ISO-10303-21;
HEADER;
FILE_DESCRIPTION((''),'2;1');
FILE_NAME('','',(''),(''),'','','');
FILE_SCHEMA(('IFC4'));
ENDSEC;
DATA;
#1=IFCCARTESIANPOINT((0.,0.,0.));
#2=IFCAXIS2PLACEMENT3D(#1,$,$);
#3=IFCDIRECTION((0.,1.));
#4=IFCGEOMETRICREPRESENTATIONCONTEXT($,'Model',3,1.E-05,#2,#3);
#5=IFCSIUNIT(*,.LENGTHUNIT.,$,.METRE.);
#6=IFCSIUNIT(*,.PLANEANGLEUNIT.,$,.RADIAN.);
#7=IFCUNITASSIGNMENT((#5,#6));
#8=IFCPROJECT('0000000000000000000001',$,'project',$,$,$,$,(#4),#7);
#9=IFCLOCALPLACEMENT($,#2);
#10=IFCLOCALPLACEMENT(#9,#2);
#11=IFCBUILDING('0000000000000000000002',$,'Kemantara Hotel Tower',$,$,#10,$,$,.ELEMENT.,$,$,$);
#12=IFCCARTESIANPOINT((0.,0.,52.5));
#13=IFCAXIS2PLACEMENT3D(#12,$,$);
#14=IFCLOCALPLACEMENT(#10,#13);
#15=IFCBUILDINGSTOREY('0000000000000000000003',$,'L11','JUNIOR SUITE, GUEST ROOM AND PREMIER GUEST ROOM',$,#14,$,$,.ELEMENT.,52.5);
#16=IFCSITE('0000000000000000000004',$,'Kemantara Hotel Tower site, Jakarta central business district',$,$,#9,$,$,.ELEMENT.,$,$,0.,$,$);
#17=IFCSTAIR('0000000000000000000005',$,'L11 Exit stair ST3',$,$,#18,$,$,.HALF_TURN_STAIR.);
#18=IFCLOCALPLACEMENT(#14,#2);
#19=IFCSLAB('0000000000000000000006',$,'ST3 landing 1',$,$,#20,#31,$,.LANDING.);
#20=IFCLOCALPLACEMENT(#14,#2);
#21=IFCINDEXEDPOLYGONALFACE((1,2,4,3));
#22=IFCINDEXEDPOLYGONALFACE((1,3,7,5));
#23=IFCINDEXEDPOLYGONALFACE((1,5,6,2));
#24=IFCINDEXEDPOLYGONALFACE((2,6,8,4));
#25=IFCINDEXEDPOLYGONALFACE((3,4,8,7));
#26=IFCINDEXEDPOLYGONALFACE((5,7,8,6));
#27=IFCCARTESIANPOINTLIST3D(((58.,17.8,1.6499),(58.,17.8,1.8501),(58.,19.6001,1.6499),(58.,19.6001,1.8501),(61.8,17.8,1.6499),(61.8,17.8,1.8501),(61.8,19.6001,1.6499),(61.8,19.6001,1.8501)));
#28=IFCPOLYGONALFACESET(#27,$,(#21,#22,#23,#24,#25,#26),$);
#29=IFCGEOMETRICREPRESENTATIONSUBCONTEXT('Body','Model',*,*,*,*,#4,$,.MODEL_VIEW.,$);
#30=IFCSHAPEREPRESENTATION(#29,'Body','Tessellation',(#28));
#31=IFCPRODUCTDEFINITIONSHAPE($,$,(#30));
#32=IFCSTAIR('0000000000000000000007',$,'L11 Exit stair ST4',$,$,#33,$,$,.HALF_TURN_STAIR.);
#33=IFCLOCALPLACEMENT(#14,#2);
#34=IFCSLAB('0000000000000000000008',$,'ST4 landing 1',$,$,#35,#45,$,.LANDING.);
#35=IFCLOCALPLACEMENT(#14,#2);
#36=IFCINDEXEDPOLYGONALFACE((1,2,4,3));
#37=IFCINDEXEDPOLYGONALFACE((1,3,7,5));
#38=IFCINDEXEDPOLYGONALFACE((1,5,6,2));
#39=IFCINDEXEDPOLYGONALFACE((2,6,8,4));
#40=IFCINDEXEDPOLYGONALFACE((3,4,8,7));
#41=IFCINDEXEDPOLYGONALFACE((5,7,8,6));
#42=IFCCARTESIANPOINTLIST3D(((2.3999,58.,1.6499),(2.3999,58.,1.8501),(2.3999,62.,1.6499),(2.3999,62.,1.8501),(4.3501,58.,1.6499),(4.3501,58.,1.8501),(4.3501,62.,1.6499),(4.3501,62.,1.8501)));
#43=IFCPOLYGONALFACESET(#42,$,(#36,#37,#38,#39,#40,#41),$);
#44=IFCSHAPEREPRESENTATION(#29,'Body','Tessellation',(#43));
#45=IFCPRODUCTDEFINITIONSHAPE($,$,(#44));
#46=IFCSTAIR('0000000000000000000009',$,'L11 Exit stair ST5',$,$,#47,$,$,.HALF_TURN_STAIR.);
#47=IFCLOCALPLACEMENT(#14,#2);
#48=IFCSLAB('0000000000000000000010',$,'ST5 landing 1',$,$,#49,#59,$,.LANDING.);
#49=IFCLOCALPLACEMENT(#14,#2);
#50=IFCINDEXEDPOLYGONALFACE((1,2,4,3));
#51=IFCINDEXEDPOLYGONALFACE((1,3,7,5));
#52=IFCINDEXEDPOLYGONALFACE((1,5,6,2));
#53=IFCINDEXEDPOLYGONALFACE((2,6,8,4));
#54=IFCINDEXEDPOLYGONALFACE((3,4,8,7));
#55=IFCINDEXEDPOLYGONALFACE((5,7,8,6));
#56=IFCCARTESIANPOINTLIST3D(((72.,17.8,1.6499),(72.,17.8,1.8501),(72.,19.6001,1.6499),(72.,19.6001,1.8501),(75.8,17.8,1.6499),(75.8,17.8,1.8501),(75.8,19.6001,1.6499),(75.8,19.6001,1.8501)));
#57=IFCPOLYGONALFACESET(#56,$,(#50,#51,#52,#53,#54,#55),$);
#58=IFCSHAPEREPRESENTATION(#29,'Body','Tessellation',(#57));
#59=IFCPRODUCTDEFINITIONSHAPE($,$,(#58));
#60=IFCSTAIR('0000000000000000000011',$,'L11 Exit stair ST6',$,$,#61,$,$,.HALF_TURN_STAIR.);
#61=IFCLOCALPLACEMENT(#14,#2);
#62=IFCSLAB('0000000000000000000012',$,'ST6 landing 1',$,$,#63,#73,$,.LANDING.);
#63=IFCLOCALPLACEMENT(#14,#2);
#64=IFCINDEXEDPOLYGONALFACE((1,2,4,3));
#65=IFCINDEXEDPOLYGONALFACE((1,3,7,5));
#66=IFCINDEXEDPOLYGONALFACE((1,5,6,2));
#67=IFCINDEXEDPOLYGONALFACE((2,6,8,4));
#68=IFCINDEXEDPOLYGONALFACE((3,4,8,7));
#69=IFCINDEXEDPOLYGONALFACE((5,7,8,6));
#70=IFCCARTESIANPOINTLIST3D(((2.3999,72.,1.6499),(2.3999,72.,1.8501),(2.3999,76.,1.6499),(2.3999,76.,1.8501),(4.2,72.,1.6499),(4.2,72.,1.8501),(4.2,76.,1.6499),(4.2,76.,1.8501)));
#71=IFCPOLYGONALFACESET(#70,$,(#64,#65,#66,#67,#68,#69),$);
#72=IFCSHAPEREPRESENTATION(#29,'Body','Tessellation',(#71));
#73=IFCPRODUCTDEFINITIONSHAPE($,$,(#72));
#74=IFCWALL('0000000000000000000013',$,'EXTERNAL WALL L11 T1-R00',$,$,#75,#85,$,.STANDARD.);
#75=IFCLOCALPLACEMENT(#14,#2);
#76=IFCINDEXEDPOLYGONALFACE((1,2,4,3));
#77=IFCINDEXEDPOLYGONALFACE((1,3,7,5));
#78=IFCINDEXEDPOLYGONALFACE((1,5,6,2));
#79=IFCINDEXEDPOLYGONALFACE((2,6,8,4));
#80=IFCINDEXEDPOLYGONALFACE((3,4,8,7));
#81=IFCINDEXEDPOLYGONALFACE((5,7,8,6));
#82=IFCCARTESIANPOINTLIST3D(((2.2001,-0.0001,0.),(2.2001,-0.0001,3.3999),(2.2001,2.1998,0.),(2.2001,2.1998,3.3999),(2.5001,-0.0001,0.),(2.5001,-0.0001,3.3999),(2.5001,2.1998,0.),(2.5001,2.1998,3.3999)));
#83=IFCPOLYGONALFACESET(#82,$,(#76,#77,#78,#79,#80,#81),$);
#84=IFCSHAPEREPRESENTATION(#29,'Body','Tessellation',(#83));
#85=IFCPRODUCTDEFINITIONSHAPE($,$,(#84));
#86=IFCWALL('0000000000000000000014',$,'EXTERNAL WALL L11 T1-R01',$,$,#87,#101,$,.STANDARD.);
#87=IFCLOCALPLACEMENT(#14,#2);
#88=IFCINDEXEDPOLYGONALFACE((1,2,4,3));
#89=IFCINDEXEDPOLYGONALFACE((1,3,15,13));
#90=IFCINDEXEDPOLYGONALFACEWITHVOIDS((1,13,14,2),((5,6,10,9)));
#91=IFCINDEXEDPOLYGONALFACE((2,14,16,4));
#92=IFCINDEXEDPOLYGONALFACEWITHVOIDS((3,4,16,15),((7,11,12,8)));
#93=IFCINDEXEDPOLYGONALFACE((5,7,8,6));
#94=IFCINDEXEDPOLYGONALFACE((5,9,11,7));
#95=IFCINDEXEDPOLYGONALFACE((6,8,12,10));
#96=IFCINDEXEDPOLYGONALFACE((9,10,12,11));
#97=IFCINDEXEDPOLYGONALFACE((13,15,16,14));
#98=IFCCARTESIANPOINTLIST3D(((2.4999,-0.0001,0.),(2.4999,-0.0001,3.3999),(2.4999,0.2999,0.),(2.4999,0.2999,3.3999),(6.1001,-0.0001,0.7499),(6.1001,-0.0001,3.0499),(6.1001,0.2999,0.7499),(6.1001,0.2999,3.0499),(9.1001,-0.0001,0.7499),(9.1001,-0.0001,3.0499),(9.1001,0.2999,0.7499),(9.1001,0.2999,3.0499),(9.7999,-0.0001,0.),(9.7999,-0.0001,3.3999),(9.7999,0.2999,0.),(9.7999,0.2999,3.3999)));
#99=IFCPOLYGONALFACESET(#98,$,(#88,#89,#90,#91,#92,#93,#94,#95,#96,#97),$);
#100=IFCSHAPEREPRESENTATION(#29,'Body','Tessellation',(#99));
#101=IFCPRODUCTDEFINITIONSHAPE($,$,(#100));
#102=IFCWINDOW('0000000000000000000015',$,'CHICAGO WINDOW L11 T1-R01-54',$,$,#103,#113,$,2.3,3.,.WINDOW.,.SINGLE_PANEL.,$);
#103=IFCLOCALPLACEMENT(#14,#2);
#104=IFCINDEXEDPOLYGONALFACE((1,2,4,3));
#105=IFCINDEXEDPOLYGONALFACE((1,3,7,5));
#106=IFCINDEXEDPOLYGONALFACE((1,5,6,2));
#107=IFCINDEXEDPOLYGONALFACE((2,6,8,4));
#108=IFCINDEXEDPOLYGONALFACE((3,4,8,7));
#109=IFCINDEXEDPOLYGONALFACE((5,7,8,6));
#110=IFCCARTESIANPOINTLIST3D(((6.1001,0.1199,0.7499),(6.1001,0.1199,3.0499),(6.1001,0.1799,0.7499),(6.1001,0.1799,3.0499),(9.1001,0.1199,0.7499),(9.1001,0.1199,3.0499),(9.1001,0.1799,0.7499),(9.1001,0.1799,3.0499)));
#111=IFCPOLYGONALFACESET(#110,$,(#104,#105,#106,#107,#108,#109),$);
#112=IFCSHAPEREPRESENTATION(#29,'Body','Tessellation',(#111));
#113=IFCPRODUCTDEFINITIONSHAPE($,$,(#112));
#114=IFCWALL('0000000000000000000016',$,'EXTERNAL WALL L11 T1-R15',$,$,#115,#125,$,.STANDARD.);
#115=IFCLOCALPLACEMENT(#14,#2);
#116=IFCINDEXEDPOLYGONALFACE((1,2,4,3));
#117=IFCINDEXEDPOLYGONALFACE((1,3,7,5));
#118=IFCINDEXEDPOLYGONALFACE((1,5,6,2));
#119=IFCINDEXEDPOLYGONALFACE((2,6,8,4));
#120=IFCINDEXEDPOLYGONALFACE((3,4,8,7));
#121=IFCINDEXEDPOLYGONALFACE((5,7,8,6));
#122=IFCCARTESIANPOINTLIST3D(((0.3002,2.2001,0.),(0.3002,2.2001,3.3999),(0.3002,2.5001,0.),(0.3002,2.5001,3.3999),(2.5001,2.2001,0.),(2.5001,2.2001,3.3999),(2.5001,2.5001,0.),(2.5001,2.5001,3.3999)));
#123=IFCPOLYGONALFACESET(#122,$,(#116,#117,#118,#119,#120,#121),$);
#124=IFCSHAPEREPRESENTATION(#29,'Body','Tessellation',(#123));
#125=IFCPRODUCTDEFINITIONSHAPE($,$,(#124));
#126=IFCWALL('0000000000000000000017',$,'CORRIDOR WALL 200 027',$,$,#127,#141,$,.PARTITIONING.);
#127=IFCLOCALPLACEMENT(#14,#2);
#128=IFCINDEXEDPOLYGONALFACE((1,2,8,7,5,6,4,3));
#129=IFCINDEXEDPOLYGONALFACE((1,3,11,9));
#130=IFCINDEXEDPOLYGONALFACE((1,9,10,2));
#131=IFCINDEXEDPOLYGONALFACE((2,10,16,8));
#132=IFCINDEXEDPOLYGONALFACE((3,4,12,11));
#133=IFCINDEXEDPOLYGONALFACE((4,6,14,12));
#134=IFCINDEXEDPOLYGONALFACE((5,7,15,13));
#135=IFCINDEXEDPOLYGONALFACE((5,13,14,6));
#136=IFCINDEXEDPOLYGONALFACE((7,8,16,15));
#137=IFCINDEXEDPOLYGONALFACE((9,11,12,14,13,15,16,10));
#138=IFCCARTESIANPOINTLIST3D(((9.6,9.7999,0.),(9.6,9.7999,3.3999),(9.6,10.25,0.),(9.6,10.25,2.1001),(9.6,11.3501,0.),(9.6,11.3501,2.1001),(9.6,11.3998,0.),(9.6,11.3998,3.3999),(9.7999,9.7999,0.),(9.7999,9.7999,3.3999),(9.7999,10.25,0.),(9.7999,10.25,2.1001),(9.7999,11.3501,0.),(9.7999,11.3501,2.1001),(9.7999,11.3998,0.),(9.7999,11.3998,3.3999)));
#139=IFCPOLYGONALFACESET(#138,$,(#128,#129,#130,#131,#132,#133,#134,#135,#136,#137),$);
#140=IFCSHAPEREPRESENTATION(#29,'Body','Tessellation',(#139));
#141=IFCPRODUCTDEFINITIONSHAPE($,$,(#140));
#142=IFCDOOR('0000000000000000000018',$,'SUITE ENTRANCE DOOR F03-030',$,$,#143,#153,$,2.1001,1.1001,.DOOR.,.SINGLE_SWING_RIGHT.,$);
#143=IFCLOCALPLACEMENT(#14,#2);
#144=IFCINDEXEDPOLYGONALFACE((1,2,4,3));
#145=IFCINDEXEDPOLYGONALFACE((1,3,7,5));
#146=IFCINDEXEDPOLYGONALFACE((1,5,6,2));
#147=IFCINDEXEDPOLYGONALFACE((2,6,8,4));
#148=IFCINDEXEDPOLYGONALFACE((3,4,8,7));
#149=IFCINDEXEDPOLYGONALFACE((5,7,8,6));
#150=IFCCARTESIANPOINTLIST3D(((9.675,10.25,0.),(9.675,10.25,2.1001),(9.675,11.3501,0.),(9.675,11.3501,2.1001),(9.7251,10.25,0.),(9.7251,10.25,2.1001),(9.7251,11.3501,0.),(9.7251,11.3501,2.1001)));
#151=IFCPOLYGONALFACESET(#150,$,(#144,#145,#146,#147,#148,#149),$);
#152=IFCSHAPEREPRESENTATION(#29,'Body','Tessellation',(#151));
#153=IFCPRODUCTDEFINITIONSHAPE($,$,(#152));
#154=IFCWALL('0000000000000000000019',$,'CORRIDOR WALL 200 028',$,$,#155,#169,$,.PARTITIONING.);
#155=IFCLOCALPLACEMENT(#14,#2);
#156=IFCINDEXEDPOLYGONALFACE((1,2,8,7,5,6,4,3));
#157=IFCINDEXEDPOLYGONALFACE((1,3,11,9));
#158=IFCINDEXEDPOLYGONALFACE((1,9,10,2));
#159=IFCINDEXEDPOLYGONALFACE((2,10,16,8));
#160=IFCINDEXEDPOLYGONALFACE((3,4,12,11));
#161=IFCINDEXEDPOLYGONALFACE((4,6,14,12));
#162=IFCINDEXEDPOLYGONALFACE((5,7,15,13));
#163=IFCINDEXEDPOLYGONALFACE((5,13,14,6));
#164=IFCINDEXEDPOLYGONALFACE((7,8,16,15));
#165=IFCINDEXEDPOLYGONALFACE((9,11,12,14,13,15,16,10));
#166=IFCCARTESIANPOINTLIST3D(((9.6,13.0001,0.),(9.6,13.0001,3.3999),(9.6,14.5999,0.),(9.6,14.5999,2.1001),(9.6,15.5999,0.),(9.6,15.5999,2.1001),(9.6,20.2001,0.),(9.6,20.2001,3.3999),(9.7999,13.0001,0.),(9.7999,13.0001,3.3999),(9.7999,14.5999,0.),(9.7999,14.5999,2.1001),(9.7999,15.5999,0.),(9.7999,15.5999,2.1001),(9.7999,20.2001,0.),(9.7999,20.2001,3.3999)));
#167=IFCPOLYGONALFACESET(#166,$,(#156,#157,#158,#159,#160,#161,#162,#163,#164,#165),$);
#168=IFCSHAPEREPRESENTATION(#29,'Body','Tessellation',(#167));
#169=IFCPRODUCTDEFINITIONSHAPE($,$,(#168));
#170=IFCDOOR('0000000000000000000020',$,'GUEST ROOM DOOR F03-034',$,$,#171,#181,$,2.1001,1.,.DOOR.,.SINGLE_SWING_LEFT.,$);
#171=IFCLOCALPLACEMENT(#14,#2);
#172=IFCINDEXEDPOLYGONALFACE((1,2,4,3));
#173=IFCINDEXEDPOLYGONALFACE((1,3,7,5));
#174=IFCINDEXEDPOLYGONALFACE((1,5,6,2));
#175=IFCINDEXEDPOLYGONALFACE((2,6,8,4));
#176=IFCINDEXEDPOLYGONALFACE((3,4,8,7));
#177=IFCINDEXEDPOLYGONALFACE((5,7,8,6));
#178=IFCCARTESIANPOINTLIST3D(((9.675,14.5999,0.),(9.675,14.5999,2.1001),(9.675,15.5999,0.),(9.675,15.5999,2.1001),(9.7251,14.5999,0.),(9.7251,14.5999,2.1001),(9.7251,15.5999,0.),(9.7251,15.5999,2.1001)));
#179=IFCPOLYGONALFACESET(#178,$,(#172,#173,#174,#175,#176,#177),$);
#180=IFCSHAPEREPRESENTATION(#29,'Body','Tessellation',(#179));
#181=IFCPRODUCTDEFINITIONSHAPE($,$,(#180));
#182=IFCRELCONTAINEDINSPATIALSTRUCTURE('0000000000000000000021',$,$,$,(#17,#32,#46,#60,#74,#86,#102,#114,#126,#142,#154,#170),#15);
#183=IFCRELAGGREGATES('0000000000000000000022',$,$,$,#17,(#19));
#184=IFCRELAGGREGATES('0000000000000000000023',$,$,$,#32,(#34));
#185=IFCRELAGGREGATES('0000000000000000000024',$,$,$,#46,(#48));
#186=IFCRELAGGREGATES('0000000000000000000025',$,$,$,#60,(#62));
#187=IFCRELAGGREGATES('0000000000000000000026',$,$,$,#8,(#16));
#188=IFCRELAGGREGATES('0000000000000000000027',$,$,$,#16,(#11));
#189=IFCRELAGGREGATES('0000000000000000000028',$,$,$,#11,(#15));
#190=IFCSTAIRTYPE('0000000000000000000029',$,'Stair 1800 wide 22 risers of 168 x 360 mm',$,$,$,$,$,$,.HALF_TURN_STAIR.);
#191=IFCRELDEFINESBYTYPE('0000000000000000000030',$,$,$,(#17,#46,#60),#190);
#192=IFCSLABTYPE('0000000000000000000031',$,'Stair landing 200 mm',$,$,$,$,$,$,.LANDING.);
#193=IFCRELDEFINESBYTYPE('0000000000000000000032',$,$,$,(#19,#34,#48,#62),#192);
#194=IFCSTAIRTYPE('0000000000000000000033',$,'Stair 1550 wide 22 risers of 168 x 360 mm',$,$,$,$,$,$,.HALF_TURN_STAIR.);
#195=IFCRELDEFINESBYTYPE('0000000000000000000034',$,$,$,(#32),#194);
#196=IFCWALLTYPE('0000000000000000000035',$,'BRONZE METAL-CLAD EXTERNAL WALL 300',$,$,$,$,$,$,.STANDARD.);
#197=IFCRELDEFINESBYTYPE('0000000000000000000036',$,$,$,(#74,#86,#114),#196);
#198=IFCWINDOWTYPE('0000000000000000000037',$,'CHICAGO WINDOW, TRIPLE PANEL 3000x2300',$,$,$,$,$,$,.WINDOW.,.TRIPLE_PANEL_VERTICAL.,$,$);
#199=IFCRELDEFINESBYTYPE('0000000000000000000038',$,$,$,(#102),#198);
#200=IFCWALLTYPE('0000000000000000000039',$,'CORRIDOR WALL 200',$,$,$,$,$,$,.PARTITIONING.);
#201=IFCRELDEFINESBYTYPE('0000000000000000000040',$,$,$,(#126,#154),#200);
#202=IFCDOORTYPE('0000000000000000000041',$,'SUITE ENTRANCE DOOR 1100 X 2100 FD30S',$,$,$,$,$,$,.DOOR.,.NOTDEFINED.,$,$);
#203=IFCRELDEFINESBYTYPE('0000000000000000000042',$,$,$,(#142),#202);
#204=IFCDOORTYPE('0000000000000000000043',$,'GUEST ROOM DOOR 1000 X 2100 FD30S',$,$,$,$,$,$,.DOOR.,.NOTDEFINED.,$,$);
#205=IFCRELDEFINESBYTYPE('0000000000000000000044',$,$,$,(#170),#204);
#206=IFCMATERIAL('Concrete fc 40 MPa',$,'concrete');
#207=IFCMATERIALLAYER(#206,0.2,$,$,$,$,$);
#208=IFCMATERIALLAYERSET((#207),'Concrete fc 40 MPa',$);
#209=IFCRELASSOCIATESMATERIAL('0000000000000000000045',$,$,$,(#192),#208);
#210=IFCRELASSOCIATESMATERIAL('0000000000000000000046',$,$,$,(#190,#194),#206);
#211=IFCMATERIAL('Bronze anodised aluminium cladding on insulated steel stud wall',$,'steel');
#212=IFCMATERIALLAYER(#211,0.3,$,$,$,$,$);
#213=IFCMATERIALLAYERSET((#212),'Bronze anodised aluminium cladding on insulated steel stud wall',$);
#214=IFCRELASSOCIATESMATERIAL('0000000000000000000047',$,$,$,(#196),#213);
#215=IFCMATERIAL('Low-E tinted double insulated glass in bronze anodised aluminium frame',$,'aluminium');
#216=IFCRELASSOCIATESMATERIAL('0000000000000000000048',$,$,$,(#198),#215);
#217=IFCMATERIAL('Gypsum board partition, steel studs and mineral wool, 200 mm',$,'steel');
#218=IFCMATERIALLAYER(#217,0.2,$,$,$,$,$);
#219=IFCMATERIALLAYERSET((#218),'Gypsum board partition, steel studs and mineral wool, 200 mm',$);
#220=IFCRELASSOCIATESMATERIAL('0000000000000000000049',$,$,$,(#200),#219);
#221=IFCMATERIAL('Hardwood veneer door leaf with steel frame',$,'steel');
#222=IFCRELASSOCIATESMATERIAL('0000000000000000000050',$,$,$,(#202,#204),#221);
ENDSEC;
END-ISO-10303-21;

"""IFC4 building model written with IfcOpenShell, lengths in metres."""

from ifc_helpers import new_model, si_unit, direction, frame, frame_2d, origin, place, context, subcontext, project, spatial, polyline, rectangle, outline, extrude, material, layer, layer_set, type_object, element, fill, aggregate, save


model = new_model("IFC4")

# Units and contexts
model_context = context("Model", 3, precision=1e-05, world=origin(), true_north=direction((0.0, 1.0)))
body_context = subcontext(model_context, "Body", "Model", "MODEL_VIEW")
ifc_project = project(units=[si_unit("LENGTHUNIT", "METRE"), si_unit("PLANEANGLEUNIT", "RADIAN")], contexts=[model_context])

# Site, building, storey
site_placement = place(None, origin())
site = spatial("IfcSite", under=ifc_project, at=site_placement, Name="Kemantara Hotel Tower site, Jakarta central business district", CompositionType="ELEMENT", RefElevation=0.0)
building_placement = place(site_placement, origin())
building = spatial("IfcBuilding", under=site, at=building_placement, Name="Kemantara Hotel Tower", CompositionType="ELEMENT")
storey_placement = place(building_placement, frame((0.0, 0.0, 52.5)))
storey = spatial("IfcBuildingStorey", under=building, at=storey_placement, Name="L11", Description="JUNIOR SUITE, GUEST ROOM AND PREMIER GUEST ROOM", CompositionType="ELEMENT", Elevation=52.5)

# Shared definitions
ifc_material_1 = material(Name="Concrete fc 40 MPa", Category="concrete")

# Stairs, slabs
ifc_layer_1 = layer(ifc_material_1, 0.2)
ifc_layer_set_1 = layer_set([ifc_layer_1], Name="Concrete fc 40 MPa")
slab_type_1 = type_object("IfcSlabType", Name="Stair landing 200 mm", PredefinedType="LANDING", material=ifc_layer_set_1)
stair_type_1 = type_object("IfcStairType", Name="Stair 1800 wide 22 risers of 168 x 360 mm", PredefinedType="HALF_TURN_STAIR", material=ifc_material_1)
stair_1_placement = place(storey_placement, origin())
stair_1 = element("IfcStair", 1, at=stair_1_placement, inside=storey, type_object=stair_type_1, Name="L11 Exit stair ST3", PredefinedType="HALF_TURN_STAIR")
slab_1_placement = place(storey_placement, frame((0.0, 0.0, 1.6499)))
slab_1 = element("IfcSlab", 2, at=slab_1_placement, type_object=slab_type_1, Name="ST3 landing 1", PredefinedType="LANDING", context=body_context, shape_type="SweptSolid", body=[
    extrude(outline(polyline([(61.8, 17.8), (61.8, 19.6001), (58.0, 19.6001), (58.0, 17.8), (61.8, 17.8)])), origin(), (0.0, 0.0, 1.0), 0.2002),
])
aggregate(stair_1, [slab_1])
stair_type_2 = type_object("IfcStairType", Name="Stair 1550 wide 22 risers of 168 x 360 mm", PredefinedType="HALF_TURN_STAIR", material=ifc_material_1)
stair_2_placement = place(storey_placement, origin())
stair_2 = element("IfcStair", 3, at=stair_2_placement, inside=storey, type_object=stair_type_2, Name="L11 Exit stair ST4", PredefinedType="HALF_TURN_STAIR")
slab_2_placement = place(storey_placement, frame((0.0, 0.0, 1.6499)))
slab_2 = element("IfcSlab", 4, at=slab_2_placement, type_object=slab_type_1, Name="ST4 landing 1", PredefinedType="LANDING", context=body_context, shape_type="SweptSolid", body=[
    extrude(outline(polyline([(4.3501, 62.0), (2.3999, 62.0), (2.3999, 58.0), (4.3501, 58.0), (4.3501, 62.0)])), origin(), (0.0, 0.0, 1.0), 0.2002),
])
aggregate(stair_2, [slab_2])
stair_3_placement = place(storey_placement, origin())
stair_3 = element("IfcStair", 5, at=stair_3_placement, inside=storey, type_object=stair_type_1, Name="L11 Exit stair ST5", PredefinedType="HALF_TURN_STAIR")
slab_3_placement = place(storey_placement, frame((0.0, 0.0, 1.6499)))
slab_3 = element("IfcSlab", 6, at=slab_3_placement, type_object=slab_type_1, Name="ST5 landing 1", PredefinedType="LANDING", context=body_context, shape_type="SweptSolid", body=[
    extrude(outline(polyline([(75.8, 17.8), (75.8, 19.6001), (72.0, 19.6001), (72.0, 17.8), (75.8, 17.8)])), origin(), (0.0, 0.0, 1.0), 0.2002),
])
aggregate(stair_3, [slab_3])
stair_4_placement = place(storey_placement, origin())
stair_4 = element("IfcStair", 7, at=stair_4_placement, inside=storey, type_object=stair_type_1, Name="L11 Exit stair ST6", PredefinedType="HALF_TURN_STAIR")
slab_4_placement = place(storey_placement, frame((0.0, 0.0, 1.6499)))
slab_4 = element("IfcSlab", 8, at=slab_4_placement, type_object=slab_type_1, Name="ST6 landing 1", PredefinedType="LANDING", context=body_context, shape_type="SweptSolid", body=[
    extrude(outline(polyline([(4.2, 76.0), (2.3999, 76.0), (2.3999, 72.0), (4.2, 72.0), (4.2, 76.0)])), origin(), (0.0, 0.0, 1.0), 0.2002),
])
aggregate(stair_4, [slab_4])

# Wall
ifc_material_2 = material(Name="Bronze anodised aluminium cladding on insulated steel stud wall", Category="steel")
ifc_layer_2 = layer(ifc_material_2, 0.3)
ifc_layer_set_2 = layer_set([ifc_layer_2], Name="Bronze anodised aluminium cladding on insulated steel stud wall")
wall_type_1 = type_object("IfcWallType", Name="BRONZE METAL-CLAD EXTERNAL WALL 300", PredefinedType="STANDARD", material=ifc_layer_set_2)
wall_1_placement = place(storey_placement, frame((2.3501, 2.2, 0.0), z_axis=(0.0, 0.0, 1.0), x_axis=(0.0, -1.0, 0.0)))
element("IfcWall", 9, at=wall_1_placement, inside=storey, type_object=wall_type_1, Name="EXTERNAL WALL L11 T1-R00", PredefinedType="STANDARD", context=body_context, shape_type="SweptSolid", body=[
    extrude(rectangle(XDim=2.2, YDim=0.3, at=frame_2d((1.1001, 0.0))), origin(), (0.0, 0.0, 1.0), 3.3999),
])

# Wall, opening, window
wall_2_placement = place(storey_placement, frame((2.5, 0.1499, 0.0), z_axis=(0.0, 0.0, 1.0), x_axis=(1.0, 0.0, 0.0)))
wall_2 = element("IfcWall", 10, at=wall_2_placement, inside=storey, type_object=wall_type_1, Name="EXTERNAL WALL L11 T1-R01", PredefinedType="STANDARD", context=body_context, shape_type="SweptSolid", body=[
    extrude(rectangle(XDim=7.3, YDim=0.3, at=frame_2d((3.6499, 0.0))), origin(), (0.0, 0.0, 1.0), 3.3999),
])
opening_1_placement = place(wall_2_placement, frame((3.6001, 0.0, 0.75)))
opening_1 = element("IfcOpeningElement", 11, at=opening_1_placement, cuts=wall_2, PredefinedType="OPENING", context=body_context, shape_type="SweptSolid", body=[
    extrude(rectangle(XDim=3.0, YDim=2.3, at=frame_2d((1.5, 1.1499))), frame((0.0, 0.1599, 0.0), z_axis=(0.0, -1.0, 0.0), x_axis=(1.0, 0.0, 0.0)), (0.0, 0.0, 1.0), 0.3201),
])
ifc_material_3 = material(Name="Low-E tinted double insulated glass in bronze anodised aluminium frame", Category="aluminium")
window_type = type_object("IfcWindowType", Name="CHICAGO WINDOW, TRIPLE PANEL 3000x2300", PartitioningType="TRIPLE_PANEL_VERTICAL", PredefinedType="WINDOW", material=ifc_material_3)
window_placement = place(opening_1_placement, origin())
window = element("IfcWindow", 12, at=window_placement, inside=storey, type_object=window_type, Name="CHICAGO WINDOW L11 T1-R01-54", OverallHeight=2.3, OverallWidth=3.0, PartitioningType="SINGLE_PANEL", PredefinedType="WINDOW", context=body_context, shape_type="SweptSolid", body=[
    extrude(rectangle(XDim=3.0, YDim=2.3, at=frame_2d((1.5, 1.1499))), frame((0.0, 0.03, 0.0), z_axis=(0.0, -1.0, 0.0), x_axis=(1.0, 0.0, 0.0)), (0.0, 0.0, 1.0), 0.0601),
])
fill(opening_1, window)

# Wall
wall_3_placement = place(storey_placement, frame((0.3, 2.3501, 0.0), z_axis=(0.0, 0.0, 1.0), x_axis=(1.0, 0.0, 0.0)))
element("IfcWall", 13, at=wall_3_placement, inside=storey, type_object=wall_type_1, Name="EXTERNAL WALL L11 T1-R15", PredefinedType="STANDARD", context=body_context, shape_type="SweptSolid", body=[
    extrude(rectangle(XDim=2.2, YDim=0.3, at=frame_2d((1.1001, 0.0))), origin(), (0.0, 0.0, 1.0), 3.3999),
])

# Walls, openings, doors
ifc_material_4 = material(Name="Gypsum board partition, steel studs and mineral wool, 200 mm", Category="steel")
ifc_layer_3 = layer(ifc_material_4, 0.2)
ifc_layer_set_3 = layer_set([ifc_layer_3], Name="Gypsum board partition, steel studs and mineral wool, 200 mm")
wall_type_2 = type_object("IfcWallType", Name="CORRIDOR WALL 200", PredefinedType="PARTITIONING", material=ifc_layer_set_3)
wall_4_placement = place(storey_placement, frame((9.7, 9.8, 0.0), z_axis=(0.0, 0.0, 1.0), x_axis=(0.0, 1.0, 0.0)))
wall_4 = element("IfcWall", 14, at=wall_4_placement, inside=storey, type_object=wall_type_2, Name="CORRIDOR WALL 200 027", PredefinedType="PARTITIONING", context=body_context, shape_type="SweptSolid", body=[
    extrude(rectangle(XDim=1.5999, YDim=0.2, at=frame_2d((0.7998, 0.0))), origin(), (0.0, 0.0, 1.0), 3.3999),
])
opening_2_placement = place(wall_4_placement, frame((0.45, 0.0, 0.0)))
opening_2 = element("IfcOpeningElement", 15, at=opening_2_placement, cuts=wall_4, PredefinedType="OPENING", context=body_context, shape_type="SweptSolid", body=[
    extrude(rectangle(XDim=1.1001, YDim=2.1001, at=frame_2d((0.55, 1.05))), frame((0.0, 0.1099, 0.0), z_axis=(0.0, -1.0, 0.0), x_axis=(1.0, 0.0, 0.0)), (0.0, 0.0, 1.0), 0.22),
])
ifc_material_5 = material(Name="Hardwood veneer door leaf with steel frame", Category="steel")
door_type_1 = type_object("IfcDoorType", Name="SUITE ENTRANCE DOOR 1100 X 2100 FD30S", OperationType="NOTDEFINED", PredefinedType="DOOR", material=ifc_material_5)
door_1_placement = place(opening_2_placement, origin())
door_1 = element("IfcDoor", 16, at=door_1_placement, inside=storey, type_object=door_type_1, Name="SUITE ENTRANCE DOOR F03-030", OperationType="SINGLE_SWING_RIGHT", OverallHeight=2.1001, OverallWidth=1.1001, PredefinedType="DOOR", context=body_context, shape_type="SweptSolid", body=[
    extrude(rectangle(XDim=1.1001, YDim=2.1001, at=frame_2d((0.55, 1.05))), frame((0.0, 0.0249, 0.0), z_axis=(0.0, -1.0, 0.0), x_axis=(1.0, 0.0, 0.0)), (0.0, 0.0, 1.0), 0.05),
])
fill(opening_2, door_1)
wall_5_placement = place(storey_placement, frame((9.7, 13.0, 0.0), z_axis=(0.0, 0.0, 1.0), x_axis=(0.0, 1.0, 0.0)))
wall_5 = element("IfcWall", 17, at=wall_5_placement, inside=storey, type_object=wall_type_2, Name="CORRIDOR WALL 200 028", PredefinedType="PARTITIONING", context=body_context, shape_type="SweptSolid", body=[
    extrude(rectangle(XDim=7.2, YDim=0.2, at=frame_2d((3.6001, 0.0))), origin(), (0.0, 0.0, 1.0), 3.3999),
])
opening_3_placement = place(wall_5_placement, frame((1.5999, 0.0, 0.0)))
opening_3 = element("IfcOpeningElement", 18, at=opening_3_placement, cuts=wall_5, PredefinedType="OPENING", context=body_context, shape_type="SweptSolid", body=[
    extrude(rectangle(XDim=1.0, YDim=2.1001, at=frame_2d((0.5, 1.05))), frame((0.0, 0.1099, 0.0), z_axis=(0.0, -1.0, 0.0), x_axis=(1.0, 0.0, 0.0)), (0.0, 0.0, 1.0), 0.22),
])
door_type_2 = type_object("IfcDoorType", Name="GUEST ROOM DOOR 1000 X 2100 FD30S", OperationType="NOTDEFINED", PredefinedType="DOOR", material=ifc_material_5)
door_2_placement = place(opening_3_placement, origin())
door_2 = element("IfcDoor", 19, at=door_2_placement, inside=storey, type_object=door_type_2, Name="GUEST ROOM DOOR F03-034", OperationType="SINGLE_SWING_LEFT", OverallHeight=2.1001, OverallWidth=1.0, PredefinedType="DOOR", context=body_context, shape_type="SweptSolid", body=[
    extrude(rectangle(XDim=1.0, YDim=2.1001, at=frame_2d((0.5, 1.05))), frame((0.0, 0.0249, 0.0), z_axis=(0.0, -1.0, 0.0), x_axis=(1.0, 0.0, 0.0)), (0.0, 0.0, 1.0), 0.05),
])
fill(opening_3, door_2)

save(model, "model.ifc")
